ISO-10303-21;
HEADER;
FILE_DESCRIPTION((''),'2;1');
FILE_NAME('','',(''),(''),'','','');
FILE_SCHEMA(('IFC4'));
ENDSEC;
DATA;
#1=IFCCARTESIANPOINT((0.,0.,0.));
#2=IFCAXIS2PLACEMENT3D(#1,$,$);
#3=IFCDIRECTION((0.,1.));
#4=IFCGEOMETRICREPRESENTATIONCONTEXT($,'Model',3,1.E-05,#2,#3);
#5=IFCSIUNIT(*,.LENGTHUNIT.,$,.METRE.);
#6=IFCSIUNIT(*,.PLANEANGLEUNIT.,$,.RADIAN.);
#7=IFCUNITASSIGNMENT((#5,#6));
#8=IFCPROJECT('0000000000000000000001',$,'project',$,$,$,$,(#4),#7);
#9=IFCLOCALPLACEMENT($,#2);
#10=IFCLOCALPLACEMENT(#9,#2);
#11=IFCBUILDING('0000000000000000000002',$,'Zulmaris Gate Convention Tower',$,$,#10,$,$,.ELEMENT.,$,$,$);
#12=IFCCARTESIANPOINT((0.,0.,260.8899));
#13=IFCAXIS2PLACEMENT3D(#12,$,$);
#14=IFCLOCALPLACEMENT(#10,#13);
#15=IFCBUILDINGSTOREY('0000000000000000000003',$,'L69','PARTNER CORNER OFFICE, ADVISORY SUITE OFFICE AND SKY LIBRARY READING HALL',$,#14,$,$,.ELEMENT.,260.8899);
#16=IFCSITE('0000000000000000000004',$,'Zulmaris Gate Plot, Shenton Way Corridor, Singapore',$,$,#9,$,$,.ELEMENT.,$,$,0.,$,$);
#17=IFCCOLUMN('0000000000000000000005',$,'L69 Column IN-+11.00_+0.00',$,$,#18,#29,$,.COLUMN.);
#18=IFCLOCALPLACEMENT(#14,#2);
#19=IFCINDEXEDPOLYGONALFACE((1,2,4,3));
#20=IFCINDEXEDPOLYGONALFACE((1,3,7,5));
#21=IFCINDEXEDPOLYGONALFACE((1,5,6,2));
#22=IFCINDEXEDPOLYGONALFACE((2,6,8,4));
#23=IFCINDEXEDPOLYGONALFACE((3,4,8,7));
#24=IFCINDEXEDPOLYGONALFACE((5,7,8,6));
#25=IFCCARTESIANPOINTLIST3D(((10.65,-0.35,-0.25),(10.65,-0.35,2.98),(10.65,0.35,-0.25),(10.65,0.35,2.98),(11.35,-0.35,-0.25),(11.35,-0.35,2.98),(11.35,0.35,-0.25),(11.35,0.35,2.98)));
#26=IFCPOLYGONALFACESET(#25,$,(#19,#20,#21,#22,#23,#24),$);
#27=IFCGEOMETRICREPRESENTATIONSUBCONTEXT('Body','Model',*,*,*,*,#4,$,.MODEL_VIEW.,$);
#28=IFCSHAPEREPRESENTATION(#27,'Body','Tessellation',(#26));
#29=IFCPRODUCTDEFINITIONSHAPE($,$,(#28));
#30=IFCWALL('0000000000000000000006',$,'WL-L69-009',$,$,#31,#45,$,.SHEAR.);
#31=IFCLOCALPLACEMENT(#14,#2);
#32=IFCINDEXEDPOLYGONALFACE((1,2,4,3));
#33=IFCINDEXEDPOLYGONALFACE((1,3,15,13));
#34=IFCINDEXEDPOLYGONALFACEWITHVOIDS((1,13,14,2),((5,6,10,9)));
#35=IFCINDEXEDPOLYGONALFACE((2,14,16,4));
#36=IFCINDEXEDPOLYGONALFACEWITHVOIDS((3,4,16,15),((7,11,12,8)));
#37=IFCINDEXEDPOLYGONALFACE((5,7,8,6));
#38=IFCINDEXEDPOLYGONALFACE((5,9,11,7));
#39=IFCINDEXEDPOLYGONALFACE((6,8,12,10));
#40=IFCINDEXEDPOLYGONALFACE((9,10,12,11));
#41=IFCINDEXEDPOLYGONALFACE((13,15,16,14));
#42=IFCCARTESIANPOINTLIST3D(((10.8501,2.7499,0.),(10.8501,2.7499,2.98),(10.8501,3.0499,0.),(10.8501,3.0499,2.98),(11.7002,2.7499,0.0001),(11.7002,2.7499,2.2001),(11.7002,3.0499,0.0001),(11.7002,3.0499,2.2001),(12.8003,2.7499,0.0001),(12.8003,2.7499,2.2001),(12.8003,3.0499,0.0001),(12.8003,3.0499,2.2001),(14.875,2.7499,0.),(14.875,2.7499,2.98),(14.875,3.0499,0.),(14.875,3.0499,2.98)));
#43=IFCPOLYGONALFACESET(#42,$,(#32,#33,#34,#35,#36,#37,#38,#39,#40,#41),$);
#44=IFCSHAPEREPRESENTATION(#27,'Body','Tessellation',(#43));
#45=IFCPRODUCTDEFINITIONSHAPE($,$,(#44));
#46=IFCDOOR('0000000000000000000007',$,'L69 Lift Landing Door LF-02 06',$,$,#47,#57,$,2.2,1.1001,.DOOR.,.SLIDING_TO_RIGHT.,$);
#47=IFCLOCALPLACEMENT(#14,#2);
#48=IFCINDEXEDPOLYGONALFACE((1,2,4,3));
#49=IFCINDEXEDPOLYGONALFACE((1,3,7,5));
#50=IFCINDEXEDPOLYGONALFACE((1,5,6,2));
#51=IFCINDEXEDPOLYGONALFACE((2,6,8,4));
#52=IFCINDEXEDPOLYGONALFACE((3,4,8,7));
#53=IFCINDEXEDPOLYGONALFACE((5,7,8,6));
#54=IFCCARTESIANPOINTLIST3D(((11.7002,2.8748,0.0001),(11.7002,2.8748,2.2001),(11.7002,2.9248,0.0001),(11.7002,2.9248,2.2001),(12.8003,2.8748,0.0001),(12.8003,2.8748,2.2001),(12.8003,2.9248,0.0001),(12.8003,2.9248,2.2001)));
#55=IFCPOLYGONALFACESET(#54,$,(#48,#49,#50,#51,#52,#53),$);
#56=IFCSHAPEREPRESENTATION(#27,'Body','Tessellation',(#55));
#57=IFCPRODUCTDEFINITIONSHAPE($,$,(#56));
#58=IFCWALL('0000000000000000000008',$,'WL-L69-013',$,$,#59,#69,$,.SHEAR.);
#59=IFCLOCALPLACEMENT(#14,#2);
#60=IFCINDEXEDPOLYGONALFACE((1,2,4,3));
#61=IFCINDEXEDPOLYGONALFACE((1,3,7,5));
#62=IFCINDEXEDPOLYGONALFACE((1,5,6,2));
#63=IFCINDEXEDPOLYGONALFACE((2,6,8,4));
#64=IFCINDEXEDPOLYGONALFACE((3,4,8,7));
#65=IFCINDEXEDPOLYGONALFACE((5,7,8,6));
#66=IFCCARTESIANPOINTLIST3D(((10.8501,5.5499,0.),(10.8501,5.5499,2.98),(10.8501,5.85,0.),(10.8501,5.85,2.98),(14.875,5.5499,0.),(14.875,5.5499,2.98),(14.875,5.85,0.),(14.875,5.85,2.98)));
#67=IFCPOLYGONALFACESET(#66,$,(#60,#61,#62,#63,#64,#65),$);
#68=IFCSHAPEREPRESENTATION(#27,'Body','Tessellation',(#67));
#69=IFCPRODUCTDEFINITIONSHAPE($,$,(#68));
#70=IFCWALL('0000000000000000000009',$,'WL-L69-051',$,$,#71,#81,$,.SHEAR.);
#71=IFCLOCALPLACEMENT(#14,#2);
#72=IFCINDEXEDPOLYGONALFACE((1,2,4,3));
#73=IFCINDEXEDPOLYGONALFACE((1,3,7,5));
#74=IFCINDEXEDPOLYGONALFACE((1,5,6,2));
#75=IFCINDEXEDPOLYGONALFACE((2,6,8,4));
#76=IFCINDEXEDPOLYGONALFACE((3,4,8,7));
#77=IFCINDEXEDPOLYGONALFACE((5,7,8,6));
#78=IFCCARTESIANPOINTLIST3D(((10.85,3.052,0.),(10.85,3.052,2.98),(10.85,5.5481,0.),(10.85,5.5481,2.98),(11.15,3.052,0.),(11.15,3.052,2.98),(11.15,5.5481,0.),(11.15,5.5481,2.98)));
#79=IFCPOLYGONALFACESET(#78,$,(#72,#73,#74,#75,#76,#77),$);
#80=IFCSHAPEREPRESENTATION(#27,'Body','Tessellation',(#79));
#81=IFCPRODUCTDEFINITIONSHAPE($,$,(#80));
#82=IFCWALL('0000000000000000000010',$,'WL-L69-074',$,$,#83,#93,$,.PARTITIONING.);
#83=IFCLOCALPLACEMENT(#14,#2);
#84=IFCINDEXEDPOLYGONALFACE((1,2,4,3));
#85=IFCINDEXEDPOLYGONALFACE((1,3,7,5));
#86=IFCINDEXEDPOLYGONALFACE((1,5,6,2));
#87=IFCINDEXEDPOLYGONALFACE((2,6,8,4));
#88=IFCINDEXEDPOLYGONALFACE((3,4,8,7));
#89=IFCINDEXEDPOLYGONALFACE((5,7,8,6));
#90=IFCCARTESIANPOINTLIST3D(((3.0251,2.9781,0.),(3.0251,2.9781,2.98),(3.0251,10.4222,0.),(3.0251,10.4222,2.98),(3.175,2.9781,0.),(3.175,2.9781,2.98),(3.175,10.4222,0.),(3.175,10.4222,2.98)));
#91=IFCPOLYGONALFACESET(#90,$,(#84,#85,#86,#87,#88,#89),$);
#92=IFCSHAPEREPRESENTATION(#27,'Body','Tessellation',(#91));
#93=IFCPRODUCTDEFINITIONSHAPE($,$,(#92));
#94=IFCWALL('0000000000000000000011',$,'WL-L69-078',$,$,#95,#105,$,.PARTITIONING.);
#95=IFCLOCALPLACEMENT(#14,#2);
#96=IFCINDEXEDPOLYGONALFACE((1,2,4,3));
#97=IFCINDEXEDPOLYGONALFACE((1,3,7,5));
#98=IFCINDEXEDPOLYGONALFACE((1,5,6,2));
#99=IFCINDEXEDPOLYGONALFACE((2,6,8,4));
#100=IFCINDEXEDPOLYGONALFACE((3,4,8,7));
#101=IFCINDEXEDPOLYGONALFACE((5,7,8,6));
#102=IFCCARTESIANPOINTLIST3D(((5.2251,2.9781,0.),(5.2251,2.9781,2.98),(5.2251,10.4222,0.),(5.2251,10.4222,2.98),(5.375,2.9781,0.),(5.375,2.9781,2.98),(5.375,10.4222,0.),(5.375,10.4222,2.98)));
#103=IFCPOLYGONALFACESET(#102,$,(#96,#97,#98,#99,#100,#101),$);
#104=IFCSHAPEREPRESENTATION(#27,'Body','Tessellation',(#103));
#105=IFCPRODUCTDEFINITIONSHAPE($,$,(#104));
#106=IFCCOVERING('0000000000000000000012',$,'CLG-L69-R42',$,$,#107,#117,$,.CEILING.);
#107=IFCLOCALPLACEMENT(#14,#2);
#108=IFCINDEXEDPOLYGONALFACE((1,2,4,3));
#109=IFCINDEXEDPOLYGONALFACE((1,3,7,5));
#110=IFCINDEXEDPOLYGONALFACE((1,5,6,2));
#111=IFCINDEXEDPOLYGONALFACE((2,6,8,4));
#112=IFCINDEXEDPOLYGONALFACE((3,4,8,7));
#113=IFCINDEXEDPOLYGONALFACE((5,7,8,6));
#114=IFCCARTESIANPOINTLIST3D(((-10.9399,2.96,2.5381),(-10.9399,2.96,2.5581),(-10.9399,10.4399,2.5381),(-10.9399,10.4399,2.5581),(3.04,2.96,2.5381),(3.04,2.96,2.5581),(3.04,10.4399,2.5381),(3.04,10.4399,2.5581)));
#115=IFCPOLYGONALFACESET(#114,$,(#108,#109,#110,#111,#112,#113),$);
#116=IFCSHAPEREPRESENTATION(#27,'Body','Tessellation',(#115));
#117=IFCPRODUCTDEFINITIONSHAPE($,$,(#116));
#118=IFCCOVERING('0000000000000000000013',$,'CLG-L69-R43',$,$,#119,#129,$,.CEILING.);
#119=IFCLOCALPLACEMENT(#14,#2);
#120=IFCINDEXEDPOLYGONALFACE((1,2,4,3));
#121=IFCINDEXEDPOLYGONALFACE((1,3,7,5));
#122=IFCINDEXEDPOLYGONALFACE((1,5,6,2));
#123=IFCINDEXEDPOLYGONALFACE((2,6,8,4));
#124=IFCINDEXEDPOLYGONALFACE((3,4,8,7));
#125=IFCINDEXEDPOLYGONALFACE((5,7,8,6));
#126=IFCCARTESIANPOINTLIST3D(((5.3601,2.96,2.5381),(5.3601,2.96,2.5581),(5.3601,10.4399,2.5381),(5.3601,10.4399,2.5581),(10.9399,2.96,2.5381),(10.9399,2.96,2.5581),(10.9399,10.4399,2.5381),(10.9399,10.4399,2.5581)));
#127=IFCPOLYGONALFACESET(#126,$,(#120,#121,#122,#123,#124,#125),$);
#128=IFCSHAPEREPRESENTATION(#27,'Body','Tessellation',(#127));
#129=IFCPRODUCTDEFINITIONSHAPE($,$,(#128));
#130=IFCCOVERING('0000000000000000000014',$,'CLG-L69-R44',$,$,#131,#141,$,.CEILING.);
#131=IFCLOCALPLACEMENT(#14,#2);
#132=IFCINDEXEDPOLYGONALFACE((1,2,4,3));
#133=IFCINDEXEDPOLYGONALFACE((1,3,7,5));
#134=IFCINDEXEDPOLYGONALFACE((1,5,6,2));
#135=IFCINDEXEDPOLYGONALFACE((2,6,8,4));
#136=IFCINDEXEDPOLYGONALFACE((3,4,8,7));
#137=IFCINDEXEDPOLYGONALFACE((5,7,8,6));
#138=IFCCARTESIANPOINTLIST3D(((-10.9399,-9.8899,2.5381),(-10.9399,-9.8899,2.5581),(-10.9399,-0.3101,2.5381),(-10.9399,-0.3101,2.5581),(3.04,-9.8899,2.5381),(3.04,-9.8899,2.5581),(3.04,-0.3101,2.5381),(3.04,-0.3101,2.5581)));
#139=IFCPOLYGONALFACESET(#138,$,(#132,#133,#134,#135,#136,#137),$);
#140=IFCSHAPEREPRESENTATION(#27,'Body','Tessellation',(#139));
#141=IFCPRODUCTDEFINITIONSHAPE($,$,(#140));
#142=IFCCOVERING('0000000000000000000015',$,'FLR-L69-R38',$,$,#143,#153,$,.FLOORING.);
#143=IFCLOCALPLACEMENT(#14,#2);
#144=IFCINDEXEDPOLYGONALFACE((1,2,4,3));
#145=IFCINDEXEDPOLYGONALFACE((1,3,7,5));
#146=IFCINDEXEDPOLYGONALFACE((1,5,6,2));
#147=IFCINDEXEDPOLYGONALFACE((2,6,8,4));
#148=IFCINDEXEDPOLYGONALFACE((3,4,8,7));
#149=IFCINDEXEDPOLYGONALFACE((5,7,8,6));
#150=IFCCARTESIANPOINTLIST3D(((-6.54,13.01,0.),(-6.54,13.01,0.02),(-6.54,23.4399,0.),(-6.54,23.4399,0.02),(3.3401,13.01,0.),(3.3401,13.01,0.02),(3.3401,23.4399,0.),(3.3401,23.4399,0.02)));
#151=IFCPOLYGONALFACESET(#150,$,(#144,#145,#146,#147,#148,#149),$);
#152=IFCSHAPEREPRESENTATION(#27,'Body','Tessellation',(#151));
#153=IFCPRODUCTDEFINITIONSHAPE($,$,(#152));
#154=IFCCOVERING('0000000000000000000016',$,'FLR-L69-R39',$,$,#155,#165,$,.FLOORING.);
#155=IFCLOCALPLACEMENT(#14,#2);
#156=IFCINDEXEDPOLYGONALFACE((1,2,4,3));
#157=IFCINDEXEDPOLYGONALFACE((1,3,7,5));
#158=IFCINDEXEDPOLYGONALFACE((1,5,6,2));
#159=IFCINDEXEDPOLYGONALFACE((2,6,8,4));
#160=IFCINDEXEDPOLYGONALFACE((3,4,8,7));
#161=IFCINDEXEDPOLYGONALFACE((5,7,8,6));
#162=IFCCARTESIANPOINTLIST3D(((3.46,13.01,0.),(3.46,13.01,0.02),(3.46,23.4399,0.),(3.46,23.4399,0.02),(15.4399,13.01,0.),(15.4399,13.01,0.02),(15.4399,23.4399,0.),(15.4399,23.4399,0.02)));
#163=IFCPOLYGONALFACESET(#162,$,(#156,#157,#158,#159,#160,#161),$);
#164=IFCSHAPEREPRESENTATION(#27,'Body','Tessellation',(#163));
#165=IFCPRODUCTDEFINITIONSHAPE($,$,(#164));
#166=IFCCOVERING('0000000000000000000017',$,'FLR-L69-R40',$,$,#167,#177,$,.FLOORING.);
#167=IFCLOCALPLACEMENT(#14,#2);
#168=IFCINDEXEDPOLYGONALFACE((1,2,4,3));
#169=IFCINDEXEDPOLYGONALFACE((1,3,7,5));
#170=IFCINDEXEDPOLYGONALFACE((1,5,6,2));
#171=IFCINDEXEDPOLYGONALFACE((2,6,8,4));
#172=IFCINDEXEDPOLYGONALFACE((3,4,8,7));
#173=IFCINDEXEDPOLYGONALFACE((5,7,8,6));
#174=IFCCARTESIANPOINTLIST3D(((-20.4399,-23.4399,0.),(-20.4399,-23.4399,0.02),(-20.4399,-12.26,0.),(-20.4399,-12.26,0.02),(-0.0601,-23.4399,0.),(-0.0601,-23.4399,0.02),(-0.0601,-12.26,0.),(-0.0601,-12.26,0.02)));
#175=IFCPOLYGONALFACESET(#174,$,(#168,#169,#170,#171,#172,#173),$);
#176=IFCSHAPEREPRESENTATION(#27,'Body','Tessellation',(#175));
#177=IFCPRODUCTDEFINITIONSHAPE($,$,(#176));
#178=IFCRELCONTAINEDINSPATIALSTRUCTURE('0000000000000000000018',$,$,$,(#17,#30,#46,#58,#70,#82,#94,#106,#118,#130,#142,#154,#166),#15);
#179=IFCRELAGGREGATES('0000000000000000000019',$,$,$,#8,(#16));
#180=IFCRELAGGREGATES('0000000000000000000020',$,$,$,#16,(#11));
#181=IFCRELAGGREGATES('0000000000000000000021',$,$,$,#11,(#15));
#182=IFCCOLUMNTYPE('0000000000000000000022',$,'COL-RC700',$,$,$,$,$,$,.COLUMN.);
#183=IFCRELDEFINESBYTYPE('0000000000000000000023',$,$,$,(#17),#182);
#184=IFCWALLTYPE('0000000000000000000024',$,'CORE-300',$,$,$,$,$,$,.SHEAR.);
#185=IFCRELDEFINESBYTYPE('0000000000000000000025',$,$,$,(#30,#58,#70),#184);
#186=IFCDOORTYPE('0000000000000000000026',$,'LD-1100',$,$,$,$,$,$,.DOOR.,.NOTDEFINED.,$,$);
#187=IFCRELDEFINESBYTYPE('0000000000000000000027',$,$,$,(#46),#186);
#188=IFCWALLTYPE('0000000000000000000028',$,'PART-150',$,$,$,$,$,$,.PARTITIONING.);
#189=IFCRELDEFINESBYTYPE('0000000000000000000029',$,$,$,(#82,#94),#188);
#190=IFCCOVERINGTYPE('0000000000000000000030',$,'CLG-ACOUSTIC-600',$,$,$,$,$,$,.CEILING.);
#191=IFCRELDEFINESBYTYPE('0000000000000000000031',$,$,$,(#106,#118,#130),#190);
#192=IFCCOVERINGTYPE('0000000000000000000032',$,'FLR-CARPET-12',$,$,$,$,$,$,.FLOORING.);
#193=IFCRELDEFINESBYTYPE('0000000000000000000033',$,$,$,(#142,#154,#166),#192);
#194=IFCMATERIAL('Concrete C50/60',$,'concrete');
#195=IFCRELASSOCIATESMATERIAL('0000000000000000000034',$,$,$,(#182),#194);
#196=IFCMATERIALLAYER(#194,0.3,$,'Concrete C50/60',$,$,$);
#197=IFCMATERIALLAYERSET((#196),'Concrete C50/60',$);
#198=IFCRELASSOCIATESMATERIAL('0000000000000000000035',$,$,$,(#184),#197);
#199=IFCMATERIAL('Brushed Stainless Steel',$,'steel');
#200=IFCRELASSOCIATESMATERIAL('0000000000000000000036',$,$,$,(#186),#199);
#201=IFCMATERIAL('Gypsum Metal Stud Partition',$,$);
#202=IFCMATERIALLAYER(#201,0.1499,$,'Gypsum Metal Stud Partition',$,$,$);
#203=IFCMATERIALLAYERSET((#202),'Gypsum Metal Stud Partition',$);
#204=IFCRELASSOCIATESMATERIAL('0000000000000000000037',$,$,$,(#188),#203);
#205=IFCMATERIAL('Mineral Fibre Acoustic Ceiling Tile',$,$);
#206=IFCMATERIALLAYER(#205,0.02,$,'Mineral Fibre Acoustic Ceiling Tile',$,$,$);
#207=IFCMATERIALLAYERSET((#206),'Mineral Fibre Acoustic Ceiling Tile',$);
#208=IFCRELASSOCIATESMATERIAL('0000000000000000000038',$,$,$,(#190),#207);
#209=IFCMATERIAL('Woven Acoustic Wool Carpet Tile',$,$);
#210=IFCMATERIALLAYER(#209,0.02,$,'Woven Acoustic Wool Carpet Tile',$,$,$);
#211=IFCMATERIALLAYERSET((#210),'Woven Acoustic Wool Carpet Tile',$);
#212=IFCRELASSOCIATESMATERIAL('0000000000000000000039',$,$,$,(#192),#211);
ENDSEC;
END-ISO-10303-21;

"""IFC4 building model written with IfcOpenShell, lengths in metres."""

from ifc_helpers import new_model, si_unit, direction, frame, frame_2d, origin, origin_2d, place, context, subcontext, project, spatial, polyline, rectangle, outline, extrude, material, layer, layer_set, material_profile, profile_set, type_object, element, fill, save


model = new_model("IFC4")

# Units and contexts
model_context = context("Model", 3, precision=1e-05, world=origin(), true_north=direction((0.0, 1.0)))
body_context = subcontext(model_context, "Body", "Model", "MODEL_VIEW")
ifc_project = project(units=[si_unit("LENGTHUNIT", "METRE"), si_unit("PLANEANGLEUNIT", "RADIAN")], contexts=[model_context])

# Site, building, storey
site_placement = place(None, origin())
site = spatial("IfcSite", under=ifc_project, at=site_placement, Name="Zulmaris Gate Plot, Shenton Way Corridor, Singapore", CompositionType="ELEMENT", RefElevation=0.0)
building_placement = place(site_placement, origin())
building = spatial("IfcBuilding", under=site, at=building_placement, Name="Zulmaris Gate Convention Tower", CompositionType="ELEMENT")
storey_placement = place(building_placement, frame((0.0, 0.0, 260.8899)))
storey = spatial("IfcBuildingStorey", under=building, at=storey_placement, Name="L69", Description="PARTNER CORNER OFFICE, ADVISORY SUITE OFFICE AND SKY LIBRARY READING HALL", CompositionType="ELEMENT", Elevation=260.8899)

# Column
ifc_material_1 = material(Name="Concrete C50/60", Category="concrete")
ifc_material_profile = material_profile(ifc_material_1, rectangle(XDim=0.7, YDim=0.7, at=origin_2d()), Name="RC COL 700x700")
ifc_profile_set = profile_set([ifc_material_profile], Name="Concrete C50/60")
column_type = type_object("IfcColumnType", Name="COL-RC700", PredefinedType="COLUMN", material=ifc_profile_set)
column_placement = place(storey_placement, frame((11.0, 0.0, -0.25), z_axis=(0.0, 0.0, 1.0), x_axis=(1.0, 0.0, 0.0)))
element("IfcColumn", 1, at=column_placement, inside=storey, type_object=column_type, Name="L69 Column IN-+11.00_+0.00", PredefinedType="COLUMN", context=body_context, shape_type="SweptSolid", body=[
    extrude(rectangle(XDim=0.7, YDim=0.7, at=origin_2d()), origin(), (0.0, 0.0, 1.0), 3.23),
])

# Wall, opening, door
ifc_layer_1 = layer(ifc_material_1, 0.3, Name="Concrete C50/60")
ifc_layer_set_1 = layer_set([ifc_layer_1], Name="Concrete C50/60")
wall_type_1 = type_object("IfcWallType", Name="CORE-300", PredefinedType="SHEAR", material=ifc_layer_set_1)
wall_1_placement = place(storey_placement, frame((10.8501, 2.8999, 0.0), z_axis=(0.0, 0.0, 1.0), x_axis=(1.0, 0.0, 0.0)))
wall_1 = element("IfcWall", 2, at=wall_1_placement, inside=storey, type_object=wall_type_1, Name="WL-L69-009", PredefinedType="SHEAR", context=body_context, shape_type="SweptSolid", body=[
    extrude(rectangle(XDim=4.0249, YDim=0.3, at=frame_2d((2.0125, 0.0))), origin(), (0.0, 0.0, 1.0), 2.98),
])
opening_1_placement = place(wall_1_placement, frame((0.8501, 0.0, 0.0)))
opening_1 = element("IfcOpeningElement", 3, at=opening_1_placement, cuts=wall_1, PredefinedType="OPENING", context=body_context, shape_type="SweptSolid", body=[
    extrude(rectangle(XDim=1.1001, YDim=2.2, at=frame_2d((0.55, 1.1001))), frame((0.0, 0.1602, 0.0), z_axis=(0.0, -1.0, 0.0), x_axis=(1.0, 0.0, 0.0)), (0.0, 0.0, 1.0), 0.3201),
])
ifc_material_2 = material(Name="Brushed Stainless Steel", Category="steel")
door_type_1 = type_object("IfcDoorType", Name="LD-1100", OperationType="NOTDEFINED", PredefinedType="DOOR", material=ifc_material_2)
door_1_placement = place(opening_1_placement, origin())
door_1 = element("IfcDoor", 4, at=door_1_placement, inside=storey, type_object=door_type_1, Name="L69 Lift Landing Door LF-02 06", OperationType="SLIDING_TO_RIGHT", OverallHeight=2.2, OverallWidth=1.1001, PredefinedType="DOOR", context=body_context, shape_type="SweptSolid", body=[
    extrude(rectangle(XDim=1.1001, YDim=2.2, at=frame_2d((0.55, 1.1001))), frame((0.0, 0.0249, 0.0), z_axis=(0.0, -1.0, 0.0), x_axis=(1.0, 0.0, 0.0)), (0.0, 0.0, 1.0), 0.05),
])
fill(opening_1, door_1)

# Wall
wall_2_placement = place(storey_placement, frame((10.8501, 5.7, 0.0), z_axis=(0.0, 0.0, 1.0), x_axis=(1.0, 0.0, 0.0)))
element("IfcWall", 5, at=wall_2_placement, inside=storey, type_object=wall_type_1, Name="WL-L69-013", PredefinedType="SHEAR", context=body_context, shape_type="SweptSolid", body=[
    extrude(rectangle(XDim=4.0249, YDim=0.3, at=frame_2d((2.0125, 0.0))), origin(), (0.0, 0.0, 1.0), 2.98),
])

# Walls
wall_3_placement = place(storey_placement, frame((11.0, 3.052, 0.0), z_axis=(0.0, 0.0, 1.0), x_axis=(0.0, 1.0, 0.0)))
element("IfcWall", 6, at=wall_3_placement, inside=storey, type_object=wall_type_1, Name="WL-L69-051", PredefinedType="SHEAR", context=body_context, shape_type="SweptSolid", body=[
    extrude(rectangle(XDim=2.4961, YDim=0.3, at=frame_2d((1.248, 0.0))), origin(), (0.0, 0.0, 1.0), 2.98),
])
ifc_material_3 = material(Name="Gypsum Metal Stud Partition")
ifc_layer_2 = layer(ifc_material_3, 0.1499, Name="Gypsum Metal Stud Partition")
ifc_layer_set_2 = layer_set([ifc_layer_2], Name="Gypsum Metal Stud Partition")
wall_type_2 = type_object("IfcWallType", Name="PART-150", PredefinedType="PARTITIONING", material=ifc_layer_set_2)
for number, where, z_axis, x_axis, name in (
    (7, (3.1001, 2.978, 0.0), (0.0, 0.0, 1.0), (0.0, 1.0, 0.0), "WL-L69-074"),
    (8, (5.3, 2.978, 0.0), (0.0, 0.0, 1.0), (0.0, 1.0, 0.0), "WL-L69-078"),
):
    element("IfcWall", number, at=place(storey_placement, frame(where, z_axis=z_axis, x_axis=x_axis)), inside=storey, type_object=wall_type_2, Name=name, PredefinedType="PARTITIONING", context=body_context, shape_type="SweptSolid", body=[
        extrude(rectangle(XDim=7.4441, YDim=0.1499, at=frame_2d((3.7222, 0.0))), origin(), (0.0, 0.0, 1.0), 2.98),
    ])

# Coverings
ifc_material_4 = material(Name="Mineral Fibre Acoustic Ceiling Tile")
ifc_layer_3 = layer(ifc_material_4, 0.02, Name="Mineral Fibre Acoustic Ceiling Tile")
ifc_layer_set_3 = layer_set([ifc_layer_3], Name="Mineral Fibre Acoustic Ceiling Tile")
covering_type_1 = type_object("IfcCoveringType", Name="CLG-ACOUSTIC-600", PredefinedType="CEILING", material=ifc_layer_set_3)
covering_1_placement = place(storey_placement, frame((0.0, 0.0, 2.5381)))
element("IfcCovering", 9, at=covering_1_placement, inside=storey, type_object=covering_type_1, Name="CLG-L69-R42", PredefinedType="CEILING", context=body_context, shape_type="SweptSolid", body=[
    extrude(outline(polyline([(-10.9399, 2.96), (3.04, 2.96), (3.04, 10.4399), (-10.9399, 10.4399), (-10.9399, 2.96)])), origin(), (0.0, 0.0, 1.0), 0.02),
])
covering_2_placement = place(storey_placement, frame((0.0, 0.0, 2.5381)))
element("IfcCovering", 10, at=covering_2_placement, inside=storey, type_object=covering_type_1, Name="CLG-L69-R43", PredefinedType="CEILING", context=body_context, shape_type="SweptSolid", body=[
    extrude(outline(polyline([(5.3601, 2.96), (10.9399, 2.96), (10.9399, 10.4399), (5.3601, 10.4399), (5.3601, 2.96)])), origin(), (0.0, 0.0, 1.0), 0.02),
])
covering_3_placement = place(storey_placement, frame((0.0, 0.0, 2.5381)))
element("IfcCovering", 11, at=covering_3_placement, inside=storey, type_object=covering_type_1, Name="CLG-L69-R44", PredefinedType="CEILING", context=body_context, shape_type="SweptSolid", body=[
    extrude(outline(polyline([(-10.9399, -9.8899), (3.04, -9.8899), (3.04, -0.3101), (-10.9399, -0.3101), (-10.9399, -9.8899)])), origin(), (0.0, 0.0, 1.0), 0.02),
])
ifc_material_5 = material(Name="Woven Acoustic Wool Carpet Tile")
ifc_layer_4 = layer(ifc_material_5, 0.02, Name="Woven Acoustic Wool Carpet Tile")
ifc_layer_set_4 = layer_set([ifc_layer_4], Name="Woven Acoustic Wool Carpet Tile")
covering_type_2 = type_object("IfcCoveringType", Name="FLR-CARPET-12", PredefinedType="FLOORING", material=ifc_layer_set_4)
covering_4_placement = place(storey_placement, origin())
element("IfcCovering", 12, at=covering_4_placement, inside=storey, type_object=covering_type_2, Name="FLR-L69-R38", PredefinedType="FLOORING", context=body_context, shape_type="SweptSolid", body=[
    extrude(outline(polyline([(-6.54, 13.01), (3.3401, 13.01), (3.3401, 23.4399), (-6.54, 23.4399), (-6.54, 13.01)])), origin(), (0.0, 0.0, 1.0), 0.02),
])
covering_5_placement = place(storey_placement, origin())
element("IfcCovering", 13, at=covering_5_placement, inside=storey, type_object=covering_type_2, Name="FLR-L69-R39", PredefinedType="FLOORING", context=body_context, shape_type="SweptSolid", body=[
    extrude(outline(polyline([(3.46, 13.01), (15.4399, 13.01), (15.4399, 23.4399), (3.46, 23.4399), (3.46, 13.01)])), origin(), (0.0, 0.0, 1.0), 0.02),
])
covering_6_placement = place(storey_placement, origin())
element("IfcCovering", 14, at=covering_6_placement, inside=storey, type_object=covering_type_2, Name="FLR-L69-R40", PredefinedType="FLOORING", context=body_context, shape_type="SweptSolid", body=[
    extrude(outline(polyline([(-20.4399, -23.4399), (-0.0601, -23.4399), (-0.0601, -12.26), (-20.4399, -12.26), (-20.4399, -23.4399)])), origin(), (0.0, 0.0, 1.0), 0.02),
])

save(model, "model.ifc")
